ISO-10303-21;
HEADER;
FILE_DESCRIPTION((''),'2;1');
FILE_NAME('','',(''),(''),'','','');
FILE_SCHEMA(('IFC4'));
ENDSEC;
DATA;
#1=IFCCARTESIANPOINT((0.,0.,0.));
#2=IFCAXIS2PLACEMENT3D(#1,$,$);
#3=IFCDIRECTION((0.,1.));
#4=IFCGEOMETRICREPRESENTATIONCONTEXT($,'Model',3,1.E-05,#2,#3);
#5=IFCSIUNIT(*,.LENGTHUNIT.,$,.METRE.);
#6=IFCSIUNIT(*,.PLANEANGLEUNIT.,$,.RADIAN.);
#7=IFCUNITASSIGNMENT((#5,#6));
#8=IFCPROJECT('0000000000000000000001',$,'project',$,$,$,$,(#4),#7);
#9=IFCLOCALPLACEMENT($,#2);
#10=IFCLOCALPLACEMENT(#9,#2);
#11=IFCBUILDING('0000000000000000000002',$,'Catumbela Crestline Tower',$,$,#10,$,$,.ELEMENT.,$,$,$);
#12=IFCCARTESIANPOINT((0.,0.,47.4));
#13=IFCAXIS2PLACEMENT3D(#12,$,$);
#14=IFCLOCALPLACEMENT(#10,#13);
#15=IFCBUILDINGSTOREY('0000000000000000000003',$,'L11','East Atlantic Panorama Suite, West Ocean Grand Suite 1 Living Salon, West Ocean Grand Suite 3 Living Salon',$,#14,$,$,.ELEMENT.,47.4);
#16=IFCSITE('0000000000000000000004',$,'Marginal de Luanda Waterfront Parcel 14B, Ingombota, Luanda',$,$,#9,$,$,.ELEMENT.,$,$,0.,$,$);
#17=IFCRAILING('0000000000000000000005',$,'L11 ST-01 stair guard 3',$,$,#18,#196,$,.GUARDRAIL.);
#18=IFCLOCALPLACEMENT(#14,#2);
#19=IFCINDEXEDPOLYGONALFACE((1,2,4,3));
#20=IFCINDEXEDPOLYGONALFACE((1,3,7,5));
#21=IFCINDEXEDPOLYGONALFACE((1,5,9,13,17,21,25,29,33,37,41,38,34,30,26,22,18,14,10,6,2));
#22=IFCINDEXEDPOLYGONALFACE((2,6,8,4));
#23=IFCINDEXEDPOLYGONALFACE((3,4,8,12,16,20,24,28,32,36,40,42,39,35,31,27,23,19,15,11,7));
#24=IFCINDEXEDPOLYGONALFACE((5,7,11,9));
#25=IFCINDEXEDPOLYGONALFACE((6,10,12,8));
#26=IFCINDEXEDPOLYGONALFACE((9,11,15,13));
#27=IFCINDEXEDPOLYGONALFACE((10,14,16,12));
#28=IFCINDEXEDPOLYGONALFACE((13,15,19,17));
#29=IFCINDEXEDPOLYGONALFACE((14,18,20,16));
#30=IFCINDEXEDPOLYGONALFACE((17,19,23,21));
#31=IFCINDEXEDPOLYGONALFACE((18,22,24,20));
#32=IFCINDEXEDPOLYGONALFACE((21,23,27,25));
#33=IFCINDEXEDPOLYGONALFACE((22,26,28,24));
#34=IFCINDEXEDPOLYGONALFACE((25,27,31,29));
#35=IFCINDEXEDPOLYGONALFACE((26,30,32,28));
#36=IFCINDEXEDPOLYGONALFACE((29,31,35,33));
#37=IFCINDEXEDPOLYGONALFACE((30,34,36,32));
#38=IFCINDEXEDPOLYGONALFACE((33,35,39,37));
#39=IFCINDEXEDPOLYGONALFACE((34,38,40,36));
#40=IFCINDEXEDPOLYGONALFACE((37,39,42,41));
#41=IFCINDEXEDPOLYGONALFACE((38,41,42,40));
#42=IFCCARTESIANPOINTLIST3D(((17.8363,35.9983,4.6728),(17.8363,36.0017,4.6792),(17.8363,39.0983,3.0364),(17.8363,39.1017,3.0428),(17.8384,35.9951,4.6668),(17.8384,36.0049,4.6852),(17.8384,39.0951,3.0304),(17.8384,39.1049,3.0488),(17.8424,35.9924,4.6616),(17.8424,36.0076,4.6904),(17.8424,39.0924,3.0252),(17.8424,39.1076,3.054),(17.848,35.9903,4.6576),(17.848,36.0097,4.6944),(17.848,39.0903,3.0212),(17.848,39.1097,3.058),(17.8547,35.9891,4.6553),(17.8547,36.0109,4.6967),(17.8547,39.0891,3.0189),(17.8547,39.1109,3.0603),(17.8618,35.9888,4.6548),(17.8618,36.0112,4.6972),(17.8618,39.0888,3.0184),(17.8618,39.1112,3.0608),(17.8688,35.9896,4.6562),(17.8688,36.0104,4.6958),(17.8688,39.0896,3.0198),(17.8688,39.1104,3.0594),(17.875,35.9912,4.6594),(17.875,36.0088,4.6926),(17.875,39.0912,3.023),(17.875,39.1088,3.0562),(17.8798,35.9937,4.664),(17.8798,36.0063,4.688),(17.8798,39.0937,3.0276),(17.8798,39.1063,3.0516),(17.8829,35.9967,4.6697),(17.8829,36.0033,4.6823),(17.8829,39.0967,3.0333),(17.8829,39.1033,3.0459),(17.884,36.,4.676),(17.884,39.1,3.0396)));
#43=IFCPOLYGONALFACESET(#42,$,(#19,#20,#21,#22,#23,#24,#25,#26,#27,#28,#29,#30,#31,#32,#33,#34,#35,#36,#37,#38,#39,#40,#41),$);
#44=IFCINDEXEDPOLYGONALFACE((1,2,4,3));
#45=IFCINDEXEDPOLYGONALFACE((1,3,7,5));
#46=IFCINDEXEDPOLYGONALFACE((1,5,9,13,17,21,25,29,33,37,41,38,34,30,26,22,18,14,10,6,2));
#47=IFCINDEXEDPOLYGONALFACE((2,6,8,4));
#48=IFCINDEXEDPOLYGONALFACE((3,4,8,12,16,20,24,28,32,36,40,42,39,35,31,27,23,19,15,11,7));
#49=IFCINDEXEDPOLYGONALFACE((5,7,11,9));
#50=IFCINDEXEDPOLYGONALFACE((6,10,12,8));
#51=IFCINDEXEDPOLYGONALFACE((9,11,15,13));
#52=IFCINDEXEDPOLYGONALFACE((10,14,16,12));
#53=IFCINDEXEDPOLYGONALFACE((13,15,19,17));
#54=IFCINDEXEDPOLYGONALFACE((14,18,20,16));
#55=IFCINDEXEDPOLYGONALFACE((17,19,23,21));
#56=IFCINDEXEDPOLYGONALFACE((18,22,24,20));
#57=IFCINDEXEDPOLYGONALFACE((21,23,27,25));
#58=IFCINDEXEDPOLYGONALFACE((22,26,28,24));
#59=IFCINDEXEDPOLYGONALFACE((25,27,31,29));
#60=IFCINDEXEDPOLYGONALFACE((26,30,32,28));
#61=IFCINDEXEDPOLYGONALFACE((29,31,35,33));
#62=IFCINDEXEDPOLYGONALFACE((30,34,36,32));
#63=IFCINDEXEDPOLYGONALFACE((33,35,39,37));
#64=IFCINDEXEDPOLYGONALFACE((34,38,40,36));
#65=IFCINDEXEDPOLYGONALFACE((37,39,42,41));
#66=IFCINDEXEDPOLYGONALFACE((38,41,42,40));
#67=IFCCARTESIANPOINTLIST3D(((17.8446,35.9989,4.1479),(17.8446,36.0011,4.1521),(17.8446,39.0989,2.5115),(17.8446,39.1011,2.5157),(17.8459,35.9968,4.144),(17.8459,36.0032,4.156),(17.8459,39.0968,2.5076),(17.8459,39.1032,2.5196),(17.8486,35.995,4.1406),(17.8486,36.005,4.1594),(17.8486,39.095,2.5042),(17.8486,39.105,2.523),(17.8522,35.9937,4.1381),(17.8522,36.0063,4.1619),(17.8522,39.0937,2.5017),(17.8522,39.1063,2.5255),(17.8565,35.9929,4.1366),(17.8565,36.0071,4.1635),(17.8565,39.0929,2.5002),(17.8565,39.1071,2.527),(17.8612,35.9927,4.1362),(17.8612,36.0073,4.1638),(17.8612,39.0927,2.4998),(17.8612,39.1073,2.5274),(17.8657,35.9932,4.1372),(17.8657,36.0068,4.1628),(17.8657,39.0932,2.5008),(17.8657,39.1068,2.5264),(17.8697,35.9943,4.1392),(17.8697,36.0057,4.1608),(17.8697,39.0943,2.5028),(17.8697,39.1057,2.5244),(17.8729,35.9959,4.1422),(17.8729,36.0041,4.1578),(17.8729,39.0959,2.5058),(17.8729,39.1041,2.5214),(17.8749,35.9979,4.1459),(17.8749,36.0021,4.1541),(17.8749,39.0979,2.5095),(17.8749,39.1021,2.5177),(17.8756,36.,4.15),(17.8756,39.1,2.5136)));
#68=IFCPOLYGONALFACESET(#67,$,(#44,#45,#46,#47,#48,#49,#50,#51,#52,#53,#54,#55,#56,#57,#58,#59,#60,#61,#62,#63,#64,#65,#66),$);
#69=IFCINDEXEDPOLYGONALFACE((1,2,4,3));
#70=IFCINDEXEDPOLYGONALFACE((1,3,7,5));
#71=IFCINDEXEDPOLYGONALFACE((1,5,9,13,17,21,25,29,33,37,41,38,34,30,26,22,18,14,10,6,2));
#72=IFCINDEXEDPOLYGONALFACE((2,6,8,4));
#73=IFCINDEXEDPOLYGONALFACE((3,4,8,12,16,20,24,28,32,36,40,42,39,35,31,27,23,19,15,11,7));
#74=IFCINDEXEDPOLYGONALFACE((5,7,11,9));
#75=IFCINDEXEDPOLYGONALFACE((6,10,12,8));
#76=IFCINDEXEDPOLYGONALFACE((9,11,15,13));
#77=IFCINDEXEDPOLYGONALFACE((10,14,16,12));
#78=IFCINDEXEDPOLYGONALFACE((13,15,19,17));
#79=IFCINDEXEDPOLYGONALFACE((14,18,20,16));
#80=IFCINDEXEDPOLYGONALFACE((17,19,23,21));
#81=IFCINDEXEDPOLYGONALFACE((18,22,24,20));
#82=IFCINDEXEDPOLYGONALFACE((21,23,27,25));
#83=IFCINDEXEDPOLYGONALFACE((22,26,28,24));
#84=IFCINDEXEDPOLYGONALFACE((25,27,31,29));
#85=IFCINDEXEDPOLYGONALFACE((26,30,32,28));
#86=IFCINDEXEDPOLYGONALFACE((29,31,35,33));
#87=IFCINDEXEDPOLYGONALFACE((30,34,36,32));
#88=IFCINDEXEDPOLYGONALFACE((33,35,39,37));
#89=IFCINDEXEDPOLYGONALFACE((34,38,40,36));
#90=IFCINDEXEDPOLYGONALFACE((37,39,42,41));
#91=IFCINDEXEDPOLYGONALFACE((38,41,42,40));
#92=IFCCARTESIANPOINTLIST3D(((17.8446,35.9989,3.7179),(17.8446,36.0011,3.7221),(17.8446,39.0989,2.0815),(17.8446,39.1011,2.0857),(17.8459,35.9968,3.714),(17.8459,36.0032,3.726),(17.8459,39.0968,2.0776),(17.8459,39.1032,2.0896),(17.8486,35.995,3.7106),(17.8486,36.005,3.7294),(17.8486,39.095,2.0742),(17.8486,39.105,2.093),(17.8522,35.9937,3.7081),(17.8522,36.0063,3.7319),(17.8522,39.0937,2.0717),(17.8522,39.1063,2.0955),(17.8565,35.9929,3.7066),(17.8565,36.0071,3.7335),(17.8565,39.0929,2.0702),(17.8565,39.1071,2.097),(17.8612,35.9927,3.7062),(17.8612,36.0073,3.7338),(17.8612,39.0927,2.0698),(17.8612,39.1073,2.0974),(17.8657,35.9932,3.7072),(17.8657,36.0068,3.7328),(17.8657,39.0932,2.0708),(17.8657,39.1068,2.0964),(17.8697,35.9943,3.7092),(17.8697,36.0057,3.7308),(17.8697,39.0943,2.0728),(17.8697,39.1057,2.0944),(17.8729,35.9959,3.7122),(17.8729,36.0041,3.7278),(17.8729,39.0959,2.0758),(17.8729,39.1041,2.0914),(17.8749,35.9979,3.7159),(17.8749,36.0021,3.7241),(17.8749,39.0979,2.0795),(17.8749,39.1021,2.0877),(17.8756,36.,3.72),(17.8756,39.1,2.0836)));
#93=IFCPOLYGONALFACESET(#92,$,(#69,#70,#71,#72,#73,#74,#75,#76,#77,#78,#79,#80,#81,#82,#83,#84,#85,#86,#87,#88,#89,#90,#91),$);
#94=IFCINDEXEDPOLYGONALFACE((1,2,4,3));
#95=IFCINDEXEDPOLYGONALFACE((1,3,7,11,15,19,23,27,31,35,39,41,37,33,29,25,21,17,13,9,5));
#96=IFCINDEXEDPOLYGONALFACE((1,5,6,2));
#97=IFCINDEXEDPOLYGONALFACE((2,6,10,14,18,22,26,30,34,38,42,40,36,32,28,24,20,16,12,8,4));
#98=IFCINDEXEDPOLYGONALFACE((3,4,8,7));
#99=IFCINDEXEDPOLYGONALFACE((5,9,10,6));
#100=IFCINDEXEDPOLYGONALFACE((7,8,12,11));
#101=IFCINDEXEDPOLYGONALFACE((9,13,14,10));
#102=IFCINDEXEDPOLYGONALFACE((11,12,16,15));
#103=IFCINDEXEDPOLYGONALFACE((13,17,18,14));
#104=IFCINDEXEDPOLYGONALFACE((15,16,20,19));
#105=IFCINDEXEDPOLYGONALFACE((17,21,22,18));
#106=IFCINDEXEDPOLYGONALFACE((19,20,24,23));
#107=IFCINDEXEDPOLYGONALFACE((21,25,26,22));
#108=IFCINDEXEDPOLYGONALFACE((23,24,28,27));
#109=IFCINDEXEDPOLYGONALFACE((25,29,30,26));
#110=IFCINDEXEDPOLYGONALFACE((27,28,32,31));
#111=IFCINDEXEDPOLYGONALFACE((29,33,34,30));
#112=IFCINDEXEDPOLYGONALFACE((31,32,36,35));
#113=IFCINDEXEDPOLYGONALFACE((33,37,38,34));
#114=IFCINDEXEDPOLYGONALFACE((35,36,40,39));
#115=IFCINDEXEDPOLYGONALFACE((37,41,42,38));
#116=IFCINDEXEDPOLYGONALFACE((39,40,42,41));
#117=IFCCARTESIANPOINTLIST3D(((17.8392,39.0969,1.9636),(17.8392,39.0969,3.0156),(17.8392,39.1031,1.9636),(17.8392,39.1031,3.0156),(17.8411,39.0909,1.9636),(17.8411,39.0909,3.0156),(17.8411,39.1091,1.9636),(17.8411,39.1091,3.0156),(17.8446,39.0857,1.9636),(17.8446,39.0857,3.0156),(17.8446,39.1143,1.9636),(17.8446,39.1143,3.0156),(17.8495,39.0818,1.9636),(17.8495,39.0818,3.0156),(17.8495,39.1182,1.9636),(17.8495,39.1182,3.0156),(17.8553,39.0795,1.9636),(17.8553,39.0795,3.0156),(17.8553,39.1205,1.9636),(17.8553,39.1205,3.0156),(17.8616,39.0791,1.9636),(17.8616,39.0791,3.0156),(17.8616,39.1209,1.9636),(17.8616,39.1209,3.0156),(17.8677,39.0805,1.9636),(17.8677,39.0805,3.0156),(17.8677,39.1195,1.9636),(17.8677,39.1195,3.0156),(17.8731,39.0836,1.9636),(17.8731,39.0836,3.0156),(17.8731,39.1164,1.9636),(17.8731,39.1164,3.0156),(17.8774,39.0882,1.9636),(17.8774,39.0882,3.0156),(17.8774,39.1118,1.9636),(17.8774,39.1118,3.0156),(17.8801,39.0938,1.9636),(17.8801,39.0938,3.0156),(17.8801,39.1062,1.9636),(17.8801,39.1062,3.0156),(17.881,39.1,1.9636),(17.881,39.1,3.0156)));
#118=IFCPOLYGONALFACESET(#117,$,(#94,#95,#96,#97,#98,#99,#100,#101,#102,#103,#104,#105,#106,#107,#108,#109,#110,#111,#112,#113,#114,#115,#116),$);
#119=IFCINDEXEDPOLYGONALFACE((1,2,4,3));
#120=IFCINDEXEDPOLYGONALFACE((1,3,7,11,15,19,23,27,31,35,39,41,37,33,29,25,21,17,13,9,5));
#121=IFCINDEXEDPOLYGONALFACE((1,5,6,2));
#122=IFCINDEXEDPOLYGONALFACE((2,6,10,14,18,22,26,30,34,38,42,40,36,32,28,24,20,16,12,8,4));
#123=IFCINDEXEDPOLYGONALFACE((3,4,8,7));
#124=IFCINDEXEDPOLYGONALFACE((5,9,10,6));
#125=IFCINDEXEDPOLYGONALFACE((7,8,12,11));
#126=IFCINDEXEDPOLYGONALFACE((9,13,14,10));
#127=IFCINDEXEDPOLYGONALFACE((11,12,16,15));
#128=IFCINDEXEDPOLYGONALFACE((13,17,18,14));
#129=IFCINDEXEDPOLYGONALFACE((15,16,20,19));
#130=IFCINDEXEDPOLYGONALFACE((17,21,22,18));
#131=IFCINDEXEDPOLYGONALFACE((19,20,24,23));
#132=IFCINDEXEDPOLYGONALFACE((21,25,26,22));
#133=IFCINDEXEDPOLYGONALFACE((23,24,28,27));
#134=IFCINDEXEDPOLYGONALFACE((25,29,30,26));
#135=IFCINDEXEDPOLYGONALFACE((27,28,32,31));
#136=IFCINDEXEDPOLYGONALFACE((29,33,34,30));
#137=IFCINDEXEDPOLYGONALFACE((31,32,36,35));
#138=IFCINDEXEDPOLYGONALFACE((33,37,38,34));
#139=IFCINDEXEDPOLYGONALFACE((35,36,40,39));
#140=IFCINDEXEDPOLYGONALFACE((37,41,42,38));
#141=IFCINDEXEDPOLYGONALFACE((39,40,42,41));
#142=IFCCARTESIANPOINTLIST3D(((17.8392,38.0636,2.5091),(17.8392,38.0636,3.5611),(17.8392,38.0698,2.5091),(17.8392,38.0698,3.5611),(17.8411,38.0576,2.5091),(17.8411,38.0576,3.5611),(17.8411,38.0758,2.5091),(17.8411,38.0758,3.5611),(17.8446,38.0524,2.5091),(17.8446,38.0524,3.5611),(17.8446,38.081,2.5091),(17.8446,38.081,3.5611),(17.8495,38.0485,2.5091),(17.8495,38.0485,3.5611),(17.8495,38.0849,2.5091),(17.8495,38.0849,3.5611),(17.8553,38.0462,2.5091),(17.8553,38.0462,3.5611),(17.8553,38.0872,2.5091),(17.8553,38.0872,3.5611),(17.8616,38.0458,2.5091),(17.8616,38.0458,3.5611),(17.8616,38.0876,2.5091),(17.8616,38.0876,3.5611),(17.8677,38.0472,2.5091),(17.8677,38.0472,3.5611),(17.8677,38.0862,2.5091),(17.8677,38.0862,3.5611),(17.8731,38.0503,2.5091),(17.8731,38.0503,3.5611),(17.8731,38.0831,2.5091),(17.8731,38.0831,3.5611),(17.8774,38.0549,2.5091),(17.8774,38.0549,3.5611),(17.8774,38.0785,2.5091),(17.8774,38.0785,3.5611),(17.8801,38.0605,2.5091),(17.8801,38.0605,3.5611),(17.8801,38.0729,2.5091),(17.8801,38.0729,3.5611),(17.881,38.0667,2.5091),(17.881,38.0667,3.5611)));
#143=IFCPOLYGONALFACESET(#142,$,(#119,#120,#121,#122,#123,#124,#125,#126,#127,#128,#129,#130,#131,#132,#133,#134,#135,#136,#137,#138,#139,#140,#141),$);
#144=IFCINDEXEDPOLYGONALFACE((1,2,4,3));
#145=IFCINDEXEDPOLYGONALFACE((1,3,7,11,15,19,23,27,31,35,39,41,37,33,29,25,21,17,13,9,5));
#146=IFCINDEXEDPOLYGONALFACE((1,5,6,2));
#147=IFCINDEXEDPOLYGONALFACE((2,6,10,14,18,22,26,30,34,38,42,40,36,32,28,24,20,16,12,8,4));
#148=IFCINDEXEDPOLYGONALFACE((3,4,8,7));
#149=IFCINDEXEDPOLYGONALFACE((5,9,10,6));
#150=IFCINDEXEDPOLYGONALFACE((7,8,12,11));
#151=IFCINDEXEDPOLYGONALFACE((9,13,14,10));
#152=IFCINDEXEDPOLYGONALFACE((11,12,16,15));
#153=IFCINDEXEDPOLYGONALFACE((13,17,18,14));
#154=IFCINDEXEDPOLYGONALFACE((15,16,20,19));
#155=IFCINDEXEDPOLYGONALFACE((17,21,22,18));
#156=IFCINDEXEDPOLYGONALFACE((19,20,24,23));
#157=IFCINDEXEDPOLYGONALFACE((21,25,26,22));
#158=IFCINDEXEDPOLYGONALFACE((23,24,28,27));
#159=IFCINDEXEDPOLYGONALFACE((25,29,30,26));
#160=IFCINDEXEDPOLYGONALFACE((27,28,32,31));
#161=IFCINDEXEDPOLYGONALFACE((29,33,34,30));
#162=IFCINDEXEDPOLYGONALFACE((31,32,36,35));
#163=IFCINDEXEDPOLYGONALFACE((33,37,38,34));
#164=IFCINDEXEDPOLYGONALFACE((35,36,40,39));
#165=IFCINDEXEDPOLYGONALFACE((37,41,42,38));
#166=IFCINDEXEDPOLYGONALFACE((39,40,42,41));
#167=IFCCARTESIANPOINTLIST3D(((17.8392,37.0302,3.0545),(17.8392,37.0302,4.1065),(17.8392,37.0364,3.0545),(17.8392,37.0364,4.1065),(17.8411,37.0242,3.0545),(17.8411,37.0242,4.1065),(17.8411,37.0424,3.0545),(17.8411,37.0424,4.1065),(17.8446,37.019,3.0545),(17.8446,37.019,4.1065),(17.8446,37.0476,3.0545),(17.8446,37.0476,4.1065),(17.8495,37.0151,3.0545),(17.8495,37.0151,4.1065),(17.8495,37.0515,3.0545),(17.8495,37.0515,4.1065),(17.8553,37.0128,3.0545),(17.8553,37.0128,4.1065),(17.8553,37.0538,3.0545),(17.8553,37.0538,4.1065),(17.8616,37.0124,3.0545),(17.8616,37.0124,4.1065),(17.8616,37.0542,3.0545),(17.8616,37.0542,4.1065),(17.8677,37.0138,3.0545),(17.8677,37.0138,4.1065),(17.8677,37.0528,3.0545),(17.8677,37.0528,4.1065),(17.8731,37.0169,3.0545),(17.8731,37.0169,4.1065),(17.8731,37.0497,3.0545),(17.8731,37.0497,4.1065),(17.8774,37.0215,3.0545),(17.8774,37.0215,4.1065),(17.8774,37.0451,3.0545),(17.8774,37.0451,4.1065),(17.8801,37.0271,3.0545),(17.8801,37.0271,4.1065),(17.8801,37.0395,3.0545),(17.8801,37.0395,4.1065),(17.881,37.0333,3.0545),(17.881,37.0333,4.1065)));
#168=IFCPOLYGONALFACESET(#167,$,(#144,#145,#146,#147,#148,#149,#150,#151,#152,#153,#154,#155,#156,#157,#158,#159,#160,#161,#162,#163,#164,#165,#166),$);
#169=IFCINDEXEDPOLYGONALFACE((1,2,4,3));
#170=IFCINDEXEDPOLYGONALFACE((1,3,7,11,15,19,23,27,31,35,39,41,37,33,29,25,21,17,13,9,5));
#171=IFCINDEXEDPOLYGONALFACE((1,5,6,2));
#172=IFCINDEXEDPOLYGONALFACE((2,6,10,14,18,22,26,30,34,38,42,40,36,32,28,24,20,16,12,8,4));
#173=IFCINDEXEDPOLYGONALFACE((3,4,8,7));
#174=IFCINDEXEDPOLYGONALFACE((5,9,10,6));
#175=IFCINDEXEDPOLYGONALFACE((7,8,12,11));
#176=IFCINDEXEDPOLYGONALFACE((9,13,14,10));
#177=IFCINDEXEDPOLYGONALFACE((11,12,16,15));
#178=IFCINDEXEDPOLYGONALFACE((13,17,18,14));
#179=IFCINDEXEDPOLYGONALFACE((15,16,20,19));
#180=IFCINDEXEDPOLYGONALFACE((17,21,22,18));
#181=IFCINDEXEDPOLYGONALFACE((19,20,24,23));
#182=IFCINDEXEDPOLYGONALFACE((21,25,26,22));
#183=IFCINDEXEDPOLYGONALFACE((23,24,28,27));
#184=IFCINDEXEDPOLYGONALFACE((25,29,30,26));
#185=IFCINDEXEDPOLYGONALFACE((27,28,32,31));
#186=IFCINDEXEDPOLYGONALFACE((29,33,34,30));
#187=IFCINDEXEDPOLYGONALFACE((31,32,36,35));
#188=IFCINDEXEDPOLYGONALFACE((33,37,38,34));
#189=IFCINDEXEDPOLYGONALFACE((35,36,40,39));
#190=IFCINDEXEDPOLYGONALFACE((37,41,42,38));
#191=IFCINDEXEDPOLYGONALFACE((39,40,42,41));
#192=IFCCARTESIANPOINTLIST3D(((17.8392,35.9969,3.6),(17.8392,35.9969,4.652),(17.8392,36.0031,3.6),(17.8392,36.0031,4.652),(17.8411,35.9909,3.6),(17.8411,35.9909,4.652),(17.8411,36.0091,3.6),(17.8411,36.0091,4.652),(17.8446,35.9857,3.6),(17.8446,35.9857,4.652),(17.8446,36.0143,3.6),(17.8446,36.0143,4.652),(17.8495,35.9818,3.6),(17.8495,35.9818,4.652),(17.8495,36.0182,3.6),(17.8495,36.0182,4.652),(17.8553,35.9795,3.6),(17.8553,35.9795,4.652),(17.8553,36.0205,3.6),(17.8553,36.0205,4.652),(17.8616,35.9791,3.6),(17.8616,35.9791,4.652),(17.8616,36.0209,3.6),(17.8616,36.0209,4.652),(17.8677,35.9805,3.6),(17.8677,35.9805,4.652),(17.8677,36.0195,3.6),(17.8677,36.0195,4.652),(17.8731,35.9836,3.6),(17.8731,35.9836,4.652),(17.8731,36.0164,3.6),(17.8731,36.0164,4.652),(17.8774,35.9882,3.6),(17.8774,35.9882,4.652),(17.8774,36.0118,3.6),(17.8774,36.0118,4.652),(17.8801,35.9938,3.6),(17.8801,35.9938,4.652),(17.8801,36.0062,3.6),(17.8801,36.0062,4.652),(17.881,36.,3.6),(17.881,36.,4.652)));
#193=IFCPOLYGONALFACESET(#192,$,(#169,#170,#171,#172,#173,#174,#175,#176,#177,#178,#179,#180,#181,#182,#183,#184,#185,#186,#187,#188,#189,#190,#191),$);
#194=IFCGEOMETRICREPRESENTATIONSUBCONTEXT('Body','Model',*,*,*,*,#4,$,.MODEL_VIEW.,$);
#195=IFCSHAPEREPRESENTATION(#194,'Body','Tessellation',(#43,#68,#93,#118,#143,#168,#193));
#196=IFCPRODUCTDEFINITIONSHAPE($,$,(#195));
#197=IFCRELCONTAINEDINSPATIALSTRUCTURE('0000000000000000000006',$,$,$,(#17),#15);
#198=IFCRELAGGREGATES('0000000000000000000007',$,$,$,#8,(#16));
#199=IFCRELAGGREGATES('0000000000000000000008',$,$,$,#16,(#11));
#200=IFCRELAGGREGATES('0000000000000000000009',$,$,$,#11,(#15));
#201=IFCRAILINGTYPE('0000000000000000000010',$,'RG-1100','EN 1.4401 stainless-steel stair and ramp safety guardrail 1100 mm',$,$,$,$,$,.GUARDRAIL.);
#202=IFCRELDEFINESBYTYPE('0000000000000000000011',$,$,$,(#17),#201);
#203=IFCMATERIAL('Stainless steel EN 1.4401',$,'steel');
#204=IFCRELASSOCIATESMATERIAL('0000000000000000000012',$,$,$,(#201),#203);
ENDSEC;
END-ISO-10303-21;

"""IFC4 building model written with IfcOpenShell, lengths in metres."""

from ifc_helpers import new_model, si_unit, direction, frame, origin, origin_2d, place, context, subcontext, project, spatial, circle, extrude, material, type_object, element, save


model = new_model("IFC4")

# Units and contexts
model_context = context("Model", 3, precision=1e-05, world=origin(), true_north=direction((0.0, 1.0)))
body_context = subcontext(model_context, "Body", "Model", "MODEL_VIEW")
ifc_project = project(units=[si_unit("LENGTHUNIT", "METRE"), si_unit("PLANEANGLEUNIT", "RADIAN")], contexts=[model_context])

# Site, building, storey
site_placement = place(None, origin())
site = spatial("IfcSite", under=ifc_project, at=site_placement, Name="Marginal de Luanda Waterfront Parcel 14B, Ingombota, Luanda", CompositionType="ELEMENT", RefElevation=0.0)
building_placement = place(site_placement, origin())
building = spatial("IfcBuilding", under=site, at=building_placement, Name="Catumbela Crestline Tower", CompositionType="ELEMENT")
storey_placement = place(building_placement, frame((0.0, 0.0, 47.4)))
storey = spatial("IfcBuildingStorey", under=building, at=storey_placement, Name="L11", Description="East Atlantic Panorama Suite, West Ocean Grand Suite 1 Living Salon, West Ocean Grand Suite 3 Living Salon", CompositionType="ELEMENT", Elevation=47.4)

# Railing
ifc_material_1 = material(Name="Stainless steel EN 1.4401", Category="steel")
railing_type_1 = type_object("IfcRailingType", Name="RG-1100", Description="EN 1.4401 stainless-steel stair and ramp safety guardrail 1100 mm", PredefinedType="GUARDRAIL", material=ifc_material_1)
railing_1_placement = place(storey_placement, frame((17.86, 39.1, 1.9636)))
element("IfcRailing", 1, at=railing_1_placement, inside=storey, type_object=railing_type_1, Name="L11 ST-01 stair guard 3", PredefinedType="GUARDRAIL", context=body_context, shape_type="SweptSolid", body=[
    extrude(circle(Radius=0.024, at=origin_2d()), frame((0.0, 0.0, 1.076), z_axis=(0.0, -0.884351, 0.466823), x_axis=(1.0, 0.0, 0.0)), (0.0, 0.0, 1.0), 3.5054),
    extrude(circle(Radius=0.0156, at=origin_2d()), frame((0.0, 0.0, 0.55), z_axis=(0.0, -0.884351, 0.466823), x_axis=(1.0, 0.0, 0.0)), (0.0, 0.0, 1.0), 3.5054),
    extrude(circle(Radius=0.0156, at=origin_2d()), frame((0.0, 0.0, 0.12), z_axis=(0.0, -0.884351, 0.466823), x_axis=(1.0, 0.0, 0.0)), (0.0, 0.0, 1.0), 3.5054),
    extrude(circle(Radius=0.021, at=origin_2d()), origin(), (0.0, 0.0, 1.0), 1.052),
    extrude(circle(Radius=0.021, at=origin_2d()), frame((0.0, -1.0333, 0.5455)), (0.0, 0.0, 1.0), 1.052),
    extrude(circle(Radius=0.021, at=origin_2d()), frame((0.0, -2.0667, 1.0909)), (0.0, 0.0, 1.0), 1.052),
    extrude(circle(Radius=0.021, at=origin_2d()), frame((0.0, -3.1, 1.6364)), (0.0, 0.0, 1.0), 1.052),
])

save(model, "model.ifc")
